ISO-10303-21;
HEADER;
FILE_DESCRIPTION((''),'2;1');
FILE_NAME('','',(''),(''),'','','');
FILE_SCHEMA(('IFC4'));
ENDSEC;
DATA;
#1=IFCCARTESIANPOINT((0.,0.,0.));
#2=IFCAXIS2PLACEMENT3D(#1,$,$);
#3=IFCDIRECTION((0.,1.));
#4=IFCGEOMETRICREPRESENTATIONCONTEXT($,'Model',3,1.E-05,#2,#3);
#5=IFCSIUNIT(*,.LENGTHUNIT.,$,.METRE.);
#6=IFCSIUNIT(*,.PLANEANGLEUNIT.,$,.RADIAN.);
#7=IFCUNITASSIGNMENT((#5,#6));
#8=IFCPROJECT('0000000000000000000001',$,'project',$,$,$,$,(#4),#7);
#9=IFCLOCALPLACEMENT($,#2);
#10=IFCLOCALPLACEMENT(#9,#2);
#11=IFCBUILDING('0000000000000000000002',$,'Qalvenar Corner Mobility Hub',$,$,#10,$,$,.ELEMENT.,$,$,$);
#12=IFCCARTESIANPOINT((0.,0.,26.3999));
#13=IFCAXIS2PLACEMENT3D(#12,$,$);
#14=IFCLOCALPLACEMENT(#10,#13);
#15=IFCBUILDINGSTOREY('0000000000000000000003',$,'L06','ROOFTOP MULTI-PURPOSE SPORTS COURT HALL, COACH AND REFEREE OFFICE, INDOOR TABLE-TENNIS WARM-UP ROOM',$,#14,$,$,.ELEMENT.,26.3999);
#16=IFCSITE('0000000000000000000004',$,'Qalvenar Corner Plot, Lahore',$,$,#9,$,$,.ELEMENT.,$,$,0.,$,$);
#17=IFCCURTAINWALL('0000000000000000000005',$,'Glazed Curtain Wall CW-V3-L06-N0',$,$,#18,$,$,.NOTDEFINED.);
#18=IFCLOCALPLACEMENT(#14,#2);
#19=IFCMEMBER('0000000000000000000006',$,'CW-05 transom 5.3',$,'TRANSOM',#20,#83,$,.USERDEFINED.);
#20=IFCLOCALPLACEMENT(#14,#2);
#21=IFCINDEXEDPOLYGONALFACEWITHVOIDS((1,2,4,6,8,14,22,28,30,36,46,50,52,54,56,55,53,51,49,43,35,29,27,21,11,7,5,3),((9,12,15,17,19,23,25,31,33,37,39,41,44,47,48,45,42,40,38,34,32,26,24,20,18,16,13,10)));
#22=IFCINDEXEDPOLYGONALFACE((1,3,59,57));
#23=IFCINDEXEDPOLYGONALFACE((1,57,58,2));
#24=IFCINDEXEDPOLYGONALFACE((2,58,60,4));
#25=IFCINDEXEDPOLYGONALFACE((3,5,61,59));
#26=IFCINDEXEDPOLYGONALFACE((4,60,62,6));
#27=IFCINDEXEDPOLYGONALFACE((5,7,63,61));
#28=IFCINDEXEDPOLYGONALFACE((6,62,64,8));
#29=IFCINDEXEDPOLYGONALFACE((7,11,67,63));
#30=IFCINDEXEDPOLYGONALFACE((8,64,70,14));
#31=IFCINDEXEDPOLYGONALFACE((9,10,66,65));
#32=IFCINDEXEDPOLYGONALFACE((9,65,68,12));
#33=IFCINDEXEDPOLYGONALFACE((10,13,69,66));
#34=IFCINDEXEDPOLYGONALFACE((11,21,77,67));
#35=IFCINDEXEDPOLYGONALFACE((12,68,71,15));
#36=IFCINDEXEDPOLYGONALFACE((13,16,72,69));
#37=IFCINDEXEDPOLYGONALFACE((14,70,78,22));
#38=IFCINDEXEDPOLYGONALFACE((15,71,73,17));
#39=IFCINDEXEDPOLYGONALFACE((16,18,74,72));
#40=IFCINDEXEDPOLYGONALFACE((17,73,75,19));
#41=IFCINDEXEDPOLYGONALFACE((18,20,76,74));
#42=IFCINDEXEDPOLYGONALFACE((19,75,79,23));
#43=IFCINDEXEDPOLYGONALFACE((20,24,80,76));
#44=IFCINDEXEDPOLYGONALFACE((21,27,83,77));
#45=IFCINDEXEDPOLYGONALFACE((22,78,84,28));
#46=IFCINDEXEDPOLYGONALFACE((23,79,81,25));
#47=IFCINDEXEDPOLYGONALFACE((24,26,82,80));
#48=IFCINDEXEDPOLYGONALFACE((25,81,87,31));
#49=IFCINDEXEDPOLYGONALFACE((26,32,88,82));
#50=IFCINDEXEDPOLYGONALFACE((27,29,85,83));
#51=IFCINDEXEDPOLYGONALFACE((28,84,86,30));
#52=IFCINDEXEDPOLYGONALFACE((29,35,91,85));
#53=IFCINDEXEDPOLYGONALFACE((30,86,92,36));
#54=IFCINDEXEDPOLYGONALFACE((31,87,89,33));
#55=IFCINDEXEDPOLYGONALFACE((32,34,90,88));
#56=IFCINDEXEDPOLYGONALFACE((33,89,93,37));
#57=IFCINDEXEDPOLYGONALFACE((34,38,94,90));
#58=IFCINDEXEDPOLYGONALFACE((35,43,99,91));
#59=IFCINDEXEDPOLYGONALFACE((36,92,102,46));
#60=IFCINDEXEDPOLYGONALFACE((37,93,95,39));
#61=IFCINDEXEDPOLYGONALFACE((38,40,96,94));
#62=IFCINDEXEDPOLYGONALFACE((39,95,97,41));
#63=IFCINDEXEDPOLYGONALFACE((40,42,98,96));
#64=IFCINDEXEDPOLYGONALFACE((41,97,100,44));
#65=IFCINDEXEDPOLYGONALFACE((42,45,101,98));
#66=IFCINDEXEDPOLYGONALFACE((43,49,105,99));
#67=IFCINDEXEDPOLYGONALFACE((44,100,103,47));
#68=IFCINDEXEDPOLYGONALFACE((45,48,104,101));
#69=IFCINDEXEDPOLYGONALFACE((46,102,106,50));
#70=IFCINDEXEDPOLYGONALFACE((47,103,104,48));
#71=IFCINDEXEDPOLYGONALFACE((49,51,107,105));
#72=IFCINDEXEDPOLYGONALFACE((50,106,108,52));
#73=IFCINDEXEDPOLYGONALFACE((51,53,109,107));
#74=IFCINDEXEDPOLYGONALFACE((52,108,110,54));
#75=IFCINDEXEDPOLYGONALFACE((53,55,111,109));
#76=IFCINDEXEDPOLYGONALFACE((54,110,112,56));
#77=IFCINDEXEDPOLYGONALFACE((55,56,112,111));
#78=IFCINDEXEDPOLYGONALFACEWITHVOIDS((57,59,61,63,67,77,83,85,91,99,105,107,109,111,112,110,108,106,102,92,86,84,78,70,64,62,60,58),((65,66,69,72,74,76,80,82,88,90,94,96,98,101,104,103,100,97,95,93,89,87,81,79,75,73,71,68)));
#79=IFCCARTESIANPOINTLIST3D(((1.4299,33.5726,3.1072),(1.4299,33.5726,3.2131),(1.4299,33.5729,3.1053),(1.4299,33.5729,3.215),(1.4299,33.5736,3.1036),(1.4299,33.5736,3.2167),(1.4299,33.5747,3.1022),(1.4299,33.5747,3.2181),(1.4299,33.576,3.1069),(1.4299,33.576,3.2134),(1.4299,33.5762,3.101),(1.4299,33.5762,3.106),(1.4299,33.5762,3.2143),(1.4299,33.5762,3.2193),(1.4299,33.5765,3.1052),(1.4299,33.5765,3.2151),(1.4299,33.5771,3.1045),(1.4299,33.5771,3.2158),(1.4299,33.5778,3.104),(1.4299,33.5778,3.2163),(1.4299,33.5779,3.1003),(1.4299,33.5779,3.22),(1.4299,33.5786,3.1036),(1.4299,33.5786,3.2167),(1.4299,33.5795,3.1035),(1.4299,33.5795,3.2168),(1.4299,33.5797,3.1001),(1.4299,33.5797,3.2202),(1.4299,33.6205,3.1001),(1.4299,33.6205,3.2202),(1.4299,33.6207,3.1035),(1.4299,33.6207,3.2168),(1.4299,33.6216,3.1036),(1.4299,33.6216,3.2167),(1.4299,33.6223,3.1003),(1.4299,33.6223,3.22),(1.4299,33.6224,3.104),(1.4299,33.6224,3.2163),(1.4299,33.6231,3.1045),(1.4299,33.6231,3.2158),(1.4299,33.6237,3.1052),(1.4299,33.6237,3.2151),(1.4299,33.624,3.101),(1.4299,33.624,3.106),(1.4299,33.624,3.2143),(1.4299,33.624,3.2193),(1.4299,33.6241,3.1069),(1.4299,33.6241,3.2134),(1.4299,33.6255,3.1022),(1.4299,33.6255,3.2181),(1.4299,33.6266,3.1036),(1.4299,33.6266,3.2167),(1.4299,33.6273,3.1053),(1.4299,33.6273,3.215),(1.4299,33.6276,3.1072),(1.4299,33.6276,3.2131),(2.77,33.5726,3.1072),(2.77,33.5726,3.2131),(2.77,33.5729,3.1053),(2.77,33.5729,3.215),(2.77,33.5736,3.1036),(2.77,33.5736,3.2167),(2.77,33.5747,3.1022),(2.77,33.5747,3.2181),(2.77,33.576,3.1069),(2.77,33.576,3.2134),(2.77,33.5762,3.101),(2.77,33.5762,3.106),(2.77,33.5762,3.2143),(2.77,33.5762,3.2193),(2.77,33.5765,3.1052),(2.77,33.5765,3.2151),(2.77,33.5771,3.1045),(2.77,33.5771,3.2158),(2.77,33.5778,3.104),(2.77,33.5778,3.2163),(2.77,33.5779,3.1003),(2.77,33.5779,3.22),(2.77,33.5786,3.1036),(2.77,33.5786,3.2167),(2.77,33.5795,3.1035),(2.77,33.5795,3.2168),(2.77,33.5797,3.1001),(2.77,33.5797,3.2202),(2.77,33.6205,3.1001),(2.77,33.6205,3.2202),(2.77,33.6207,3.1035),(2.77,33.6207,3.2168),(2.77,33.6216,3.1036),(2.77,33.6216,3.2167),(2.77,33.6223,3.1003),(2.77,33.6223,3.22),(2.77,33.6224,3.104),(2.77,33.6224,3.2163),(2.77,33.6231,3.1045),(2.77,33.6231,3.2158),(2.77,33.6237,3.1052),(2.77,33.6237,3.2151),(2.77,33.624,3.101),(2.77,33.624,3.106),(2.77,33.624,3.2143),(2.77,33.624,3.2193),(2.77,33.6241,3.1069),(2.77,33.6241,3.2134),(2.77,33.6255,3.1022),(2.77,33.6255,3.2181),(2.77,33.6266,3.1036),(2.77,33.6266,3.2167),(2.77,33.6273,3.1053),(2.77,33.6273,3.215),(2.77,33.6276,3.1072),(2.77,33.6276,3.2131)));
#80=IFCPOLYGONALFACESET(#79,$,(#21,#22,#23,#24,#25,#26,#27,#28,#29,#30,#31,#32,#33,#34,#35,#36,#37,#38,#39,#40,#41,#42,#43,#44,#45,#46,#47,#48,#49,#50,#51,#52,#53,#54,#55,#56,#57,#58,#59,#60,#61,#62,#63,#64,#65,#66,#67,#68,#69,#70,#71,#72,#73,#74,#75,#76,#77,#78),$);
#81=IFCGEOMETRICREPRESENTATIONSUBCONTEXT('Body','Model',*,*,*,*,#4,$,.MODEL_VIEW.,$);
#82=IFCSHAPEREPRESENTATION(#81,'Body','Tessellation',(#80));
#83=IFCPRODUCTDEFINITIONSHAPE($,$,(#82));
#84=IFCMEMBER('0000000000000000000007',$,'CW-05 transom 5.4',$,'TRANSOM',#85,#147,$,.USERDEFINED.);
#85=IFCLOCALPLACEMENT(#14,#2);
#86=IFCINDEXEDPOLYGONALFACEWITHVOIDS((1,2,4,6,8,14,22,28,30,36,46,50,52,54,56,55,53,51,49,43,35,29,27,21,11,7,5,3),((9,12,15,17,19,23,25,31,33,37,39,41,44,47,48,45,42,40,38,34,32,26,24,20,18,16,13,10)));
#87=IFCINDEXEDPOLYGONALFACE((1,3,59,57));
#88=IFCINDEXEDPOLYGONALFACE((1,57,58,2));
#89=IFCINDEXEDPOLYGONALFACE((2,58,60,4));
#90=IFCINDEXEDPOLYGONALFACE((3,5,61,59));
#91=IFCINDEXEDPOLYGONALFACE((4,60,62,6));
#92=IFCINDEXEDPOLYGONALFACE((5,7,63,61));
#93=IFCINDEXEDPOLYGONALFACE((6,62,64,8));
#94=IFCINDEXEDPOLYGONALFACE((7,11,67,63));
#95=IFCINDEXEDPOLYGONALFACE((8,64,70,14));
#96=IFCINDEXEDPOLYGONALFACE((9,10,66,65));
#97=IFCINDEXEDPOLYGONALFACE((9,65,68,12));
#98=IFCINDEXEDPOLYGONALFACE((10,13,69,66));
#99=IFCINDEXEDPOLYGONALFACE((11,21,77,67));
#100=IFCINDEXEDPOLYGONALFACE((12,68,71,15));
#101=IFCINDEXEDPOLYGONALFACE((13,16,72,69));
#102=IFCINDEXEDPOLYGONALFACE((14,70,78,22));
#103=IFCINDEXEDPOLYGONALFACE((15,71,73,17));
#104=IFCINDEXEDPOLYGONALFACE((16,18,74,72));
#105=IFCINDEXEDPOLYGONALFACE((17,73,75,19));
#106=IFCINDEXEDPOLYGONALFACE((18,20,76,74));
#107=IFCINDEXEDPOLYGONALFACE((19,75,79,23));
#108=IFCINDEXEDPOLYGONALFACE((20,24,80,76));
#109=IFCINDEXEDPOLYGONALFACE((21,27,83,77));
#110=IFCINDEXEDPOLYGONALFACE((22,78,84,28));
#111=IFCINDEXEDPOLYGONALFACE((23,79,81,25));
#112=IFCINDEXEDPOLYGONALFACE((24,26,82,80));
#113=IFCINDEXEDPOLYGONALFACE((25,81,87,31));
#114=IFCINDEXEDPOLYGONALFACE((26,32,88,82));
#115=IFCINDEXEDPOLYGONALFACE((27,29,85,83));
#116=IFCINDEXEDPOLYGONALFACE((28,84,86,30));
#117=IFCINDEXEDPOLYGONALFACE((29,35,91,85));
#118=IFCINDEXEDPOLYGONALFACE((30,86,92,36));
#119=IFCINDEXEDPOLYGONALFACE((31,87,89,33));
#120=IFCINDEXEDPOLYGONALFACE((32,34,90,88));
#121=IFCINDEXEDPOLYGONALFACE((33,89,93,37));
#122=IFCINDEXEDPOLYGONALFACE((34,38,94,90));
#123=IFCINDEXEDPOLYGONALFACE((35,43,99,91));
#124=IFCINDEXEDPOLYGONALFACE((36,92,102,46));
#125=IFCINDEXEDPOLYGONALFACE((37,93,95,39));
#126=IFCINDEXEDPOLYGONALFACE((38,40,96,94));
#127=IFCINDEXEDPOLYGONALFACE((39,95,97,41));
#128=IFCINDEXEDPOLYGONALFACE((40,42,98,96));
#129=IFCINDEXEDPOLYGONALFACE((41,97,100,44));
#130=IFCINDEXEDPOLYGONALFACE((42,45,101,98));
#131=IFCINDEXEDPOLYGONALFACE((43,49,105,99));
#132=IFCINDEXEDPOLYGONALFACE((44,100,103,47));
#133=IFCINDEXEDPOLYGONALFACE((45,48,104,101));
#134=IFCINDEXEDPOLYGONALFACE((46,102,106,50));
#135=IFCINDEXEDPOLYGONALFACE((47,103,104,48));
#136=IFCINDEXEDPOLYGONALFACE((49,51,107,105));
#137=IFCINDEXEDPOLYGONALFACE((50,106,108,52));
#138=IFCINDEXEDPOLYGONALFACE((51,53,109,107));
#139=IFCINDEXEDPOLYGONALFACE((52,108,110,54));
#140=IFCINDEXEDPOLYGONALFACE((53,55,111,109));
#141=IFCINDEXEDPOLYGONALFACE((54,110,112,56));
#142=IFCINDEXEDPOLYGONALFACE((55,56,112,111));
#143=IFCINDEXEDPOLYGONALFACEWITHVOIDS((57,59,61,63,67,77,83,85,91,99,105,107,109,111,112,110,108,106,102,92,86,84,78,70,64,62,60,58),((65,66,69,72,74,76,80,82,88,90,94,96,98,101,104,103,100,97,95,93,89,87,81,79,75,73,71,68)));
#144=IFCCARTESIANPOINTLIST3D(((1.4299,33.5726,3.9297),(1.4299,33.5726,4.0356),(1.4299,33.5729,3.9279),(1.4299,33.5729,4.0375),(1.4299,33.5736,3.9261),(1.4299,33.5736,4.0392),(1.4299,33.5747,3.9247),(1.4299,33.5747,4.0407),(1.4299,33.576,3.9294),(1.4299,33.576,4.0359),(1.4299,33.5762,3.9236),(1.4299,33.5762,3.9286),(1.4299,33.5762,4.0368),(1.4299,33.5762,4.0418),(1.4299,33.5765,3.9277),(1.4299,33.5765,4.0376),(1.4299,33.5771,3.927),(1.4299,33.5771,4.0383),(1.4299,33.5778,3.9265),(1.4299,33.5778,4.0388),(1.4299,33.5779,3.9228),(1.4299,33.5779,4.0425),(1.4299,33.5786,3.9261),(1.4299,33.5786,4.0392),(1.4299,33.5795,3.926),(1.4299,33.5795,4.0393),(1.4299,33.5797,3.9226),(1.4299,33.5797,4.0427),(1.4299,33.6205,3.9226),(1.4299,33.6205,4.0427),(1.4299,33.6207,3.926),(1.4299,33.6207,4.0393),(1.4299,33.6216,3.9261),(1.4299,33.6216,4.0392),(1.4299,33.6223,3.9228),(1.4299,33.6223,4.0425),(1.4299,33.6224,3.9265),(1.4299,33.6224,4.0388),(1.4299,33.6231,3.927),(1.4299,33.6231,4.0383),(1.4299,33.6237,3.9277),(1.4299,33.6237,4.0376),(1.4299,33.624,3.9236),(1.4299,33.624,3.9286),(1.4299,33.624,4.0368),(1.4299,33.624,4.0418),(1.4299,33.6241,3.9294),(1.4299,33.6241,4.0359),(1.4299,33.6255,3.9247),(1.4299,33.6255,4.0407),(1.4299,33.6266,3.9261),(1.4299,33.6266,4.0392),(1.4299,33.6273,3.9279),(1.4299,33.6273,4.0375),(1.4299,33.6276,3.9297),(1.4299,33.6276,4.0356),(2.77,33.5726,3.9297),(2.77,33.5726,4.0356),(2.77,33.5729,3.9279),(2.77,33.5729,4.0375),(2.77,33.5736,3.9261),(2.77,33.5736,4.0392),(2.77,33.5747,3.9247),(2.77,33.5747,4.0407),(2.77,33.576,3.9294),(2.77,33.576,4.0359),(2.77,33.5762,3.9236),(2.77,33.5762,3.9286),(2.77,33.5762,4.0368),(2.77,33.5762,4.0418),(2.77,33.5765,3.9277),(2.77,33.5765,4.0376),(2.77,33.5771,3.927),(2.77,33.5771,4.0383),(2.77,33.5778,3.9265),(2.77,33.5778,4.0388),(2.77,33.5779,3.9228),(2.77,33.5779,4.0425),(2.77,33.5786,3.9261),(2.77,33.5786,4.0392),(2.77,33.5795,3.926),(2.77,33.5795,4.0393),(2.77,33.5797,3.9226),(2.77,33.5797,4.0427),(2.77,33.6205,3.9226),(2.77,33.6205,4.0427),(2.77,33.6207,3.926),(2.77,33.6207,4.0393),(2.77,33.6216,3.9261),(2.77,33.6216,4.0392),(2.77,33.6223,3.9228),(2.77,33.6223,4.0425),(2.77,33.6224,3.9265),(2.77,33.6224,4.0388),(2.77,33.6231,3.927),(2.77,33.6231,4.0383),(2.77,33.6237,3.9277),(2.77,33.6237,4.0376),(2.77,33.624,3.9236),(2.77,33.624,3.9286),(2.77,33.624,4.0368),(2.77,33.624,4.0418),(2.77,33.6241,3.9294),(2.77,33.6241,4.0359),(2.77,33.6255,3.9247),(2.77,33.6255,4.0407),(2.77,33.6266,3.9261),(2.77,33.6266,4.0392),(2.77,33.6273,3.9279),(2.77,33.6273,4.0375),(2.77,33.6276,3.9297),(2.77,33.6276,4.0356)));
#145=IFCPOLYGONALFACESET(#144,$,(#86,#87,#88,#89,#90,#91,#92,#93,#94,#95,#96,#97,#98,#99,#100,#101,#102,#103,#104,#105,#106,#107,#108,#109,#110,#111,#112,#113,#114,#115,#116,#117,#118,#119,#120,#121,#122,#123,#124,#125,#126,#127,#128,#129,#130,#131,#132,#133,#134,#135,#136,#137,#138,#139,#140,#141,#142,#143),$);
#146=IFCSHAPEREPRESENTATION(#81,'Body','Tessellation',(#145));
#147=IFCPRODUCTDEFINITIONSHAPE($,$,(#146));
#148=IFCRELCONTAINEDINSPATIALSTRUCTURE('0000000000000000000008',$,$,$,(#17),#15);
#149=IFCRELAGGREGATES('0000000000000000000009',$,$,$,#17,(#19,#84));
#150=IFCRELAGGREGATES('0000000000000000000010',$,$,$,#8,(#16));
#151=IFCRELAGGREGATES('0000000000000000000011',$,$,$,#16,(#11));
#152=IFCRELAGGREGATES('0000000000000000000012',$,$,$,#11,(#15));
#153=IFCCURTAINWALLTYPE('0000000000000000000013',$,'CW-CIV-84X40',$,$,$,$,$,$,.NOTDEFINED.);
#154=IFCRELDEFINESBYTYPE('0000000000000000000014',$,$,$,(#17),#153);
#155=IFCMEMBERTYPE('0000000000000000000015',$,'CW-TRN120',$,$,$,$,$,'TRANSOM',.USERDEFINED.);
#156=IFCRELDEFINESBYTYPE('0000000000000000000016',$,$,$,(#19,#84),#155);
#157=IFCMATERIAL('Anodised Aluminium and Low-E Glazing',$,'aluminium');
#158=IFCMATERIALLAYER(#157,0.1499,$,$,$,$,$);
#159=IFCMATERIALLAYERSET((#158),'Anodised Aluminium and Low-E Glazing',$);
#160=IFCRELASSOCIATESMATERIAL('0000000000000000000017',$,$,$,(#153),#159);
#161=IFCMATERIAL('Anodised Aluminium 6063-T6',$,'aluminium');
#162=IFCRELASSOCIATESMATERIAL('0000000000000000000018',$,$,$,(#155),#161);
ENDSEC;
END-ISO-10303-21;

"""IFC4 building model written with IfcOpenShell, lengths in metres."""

from ifc_helpers import new_model, si_unit, direction, frame, origin, origin_2d, place, context, subcontext, project, spatial, hollow_rectangle, extrude, material, layer, layer_set, material_profile, profile_set, type_object, element, aggregate, save


model = new_model("IFC4")

# Units and contexts
model_context = context("Model", 3, precision=1e-05, world=origin(), true_north=direction((0.0, 1.0)))
body_context = subcontext(model_context, "Body", "Model", "MODEL_VIEW")
ifc_project = project(units=[si_unit("LENGTHUNIT", "METRE"), si_unit("PLANEANGLEUNIT", "RADIAN")], contexts=[model_context])

# Site, building, storey
site_placement = place(None, origin())
site = spatial("IfcSite", under=ifc_project, at=site_placement, Name="Qalvenar Corner Plot, Lahore", CompositionType="ELEMENT", RefElevation=0.0)
building_placement = place(site_placement, origin())
building = spatial("IfcBuilding", under=site, at=building_placement, Name="Qalvenar Corner Mobility Hub", CompositionType="ELEMENT")
storey_placement = place(building_placement, frame((0.0, 0.0, 26.3999)))
storey = spatial("IfcBuildingStorey", under=building, at=storey_placement, Name="L06", Description="ROOFTOP MULTI-PURPOSE SPORTS COURT HALL, COACH AND REFEREE OFFICE, INDOOR TABLE-TENNIS WARM-UP ROOM", CompositionType="ELEMENT", Elevation=26.3999)

# Curtain wall, members
ifc_material_1 = material(Name="Anodised Aluminium and Low-E Glazing", Category="aluminium")
ifc_layer_1 = layer(ifc_material_1, 0.1499)
ifc_layer_set_1 = layer_set([ifc_layer_1], Name="Anodised Aluminium and Low-E Glazing")
curtain_wall_type = type_object("IfcCurtainWallType", Name="CW-CIV-84X40", PredefinedType="NOTDEFINED", material=ifc_layer_set_1)
curtain_wall_placement = place(storey_placement, origin())
curtain_wall = element("IfcCurtainWall", 1, at=curtain_wall_placement, inside=storey, type_object=curtain_wall_type, Name="Glazed Curtain Wall CW-V3-L06-N0", PredefinedType="NOTDEFINED")
ifc_material_2 = material(Name="Anodised Aluminium 6063-T6", Category="aluminium")
ifc_material_profile_1 = material_profile(ifc_material_2, hollow_rectangle(XDim=0.0549, YDim=0.1201, WallThickness=0.0034, InnerFilletRadius=0.0034, OuterFilletRadius=0.0071, at=origin_2d()), Name="RHS120x55x3.5")
ifc_profile_set_1 = profile_set([ifc_material_profile_1], Name="Anodised Aluminium 6063-T6")
member_type_1 = type_object("IfcMemberType", Name="CW-TRN120", ElementType="TRANSOM", PredefinedType="USERDEFINED", material=ifc_profile_set_1)
member_1_placement = place(storey_placement, frame((2.77, 33.6001, 3.1602), z_axis=(-1.0, 0.0, 0.0), x_axis=(0.0, -1.0, 0.0)))
member_1 = element("IfcMember", 2, at=member_1_placement, type_object=member_type_1, Name="CW-05 transom 5.3", ObjectType="TRANSOM", PredefinedType="USERDEFINED", context=body_context, shape_type="SweptSolid", body=[
    extrude(hollow_rectangle(XDim=0.0549, YDim=0.1201, WallThickness=0.0034, InnerFilletRadius=0.0034, OuterFilletRadius=0.0071, at=origin_2d()), origin(), (0.0, 0.0, 1.0), 1.3401),
])
member_2_placement = place(storey_placement, frame((2.77, 33.6001, 3.9827), z_axis=(-1.0, 0.0, 0.0), x_axis=(0.0, -1.0, 0.0)))
member_2 = element("IfcMember", 3, at=member_2_placement, type_object=member_type_1, Name="CW-05 transom 5.4", ObjectType="TRANSOM", PredefinedType="USERDEFINED", context=body_context, shape_type="SweptSolid", body=[
    extrude(hollow_rectangle(XDim=0.0549, YDim=0.1201, WallThickness=0.0034, InnerFilletRadius=0.0034, OuterFilletRadius=0.0071, at=origin_2d()), origin(), (0.0, 0.0, 1.0), 1.3401),
])
aggregate(curtain_wall, [member_1, member_2])

save(model, "model.ifc")
